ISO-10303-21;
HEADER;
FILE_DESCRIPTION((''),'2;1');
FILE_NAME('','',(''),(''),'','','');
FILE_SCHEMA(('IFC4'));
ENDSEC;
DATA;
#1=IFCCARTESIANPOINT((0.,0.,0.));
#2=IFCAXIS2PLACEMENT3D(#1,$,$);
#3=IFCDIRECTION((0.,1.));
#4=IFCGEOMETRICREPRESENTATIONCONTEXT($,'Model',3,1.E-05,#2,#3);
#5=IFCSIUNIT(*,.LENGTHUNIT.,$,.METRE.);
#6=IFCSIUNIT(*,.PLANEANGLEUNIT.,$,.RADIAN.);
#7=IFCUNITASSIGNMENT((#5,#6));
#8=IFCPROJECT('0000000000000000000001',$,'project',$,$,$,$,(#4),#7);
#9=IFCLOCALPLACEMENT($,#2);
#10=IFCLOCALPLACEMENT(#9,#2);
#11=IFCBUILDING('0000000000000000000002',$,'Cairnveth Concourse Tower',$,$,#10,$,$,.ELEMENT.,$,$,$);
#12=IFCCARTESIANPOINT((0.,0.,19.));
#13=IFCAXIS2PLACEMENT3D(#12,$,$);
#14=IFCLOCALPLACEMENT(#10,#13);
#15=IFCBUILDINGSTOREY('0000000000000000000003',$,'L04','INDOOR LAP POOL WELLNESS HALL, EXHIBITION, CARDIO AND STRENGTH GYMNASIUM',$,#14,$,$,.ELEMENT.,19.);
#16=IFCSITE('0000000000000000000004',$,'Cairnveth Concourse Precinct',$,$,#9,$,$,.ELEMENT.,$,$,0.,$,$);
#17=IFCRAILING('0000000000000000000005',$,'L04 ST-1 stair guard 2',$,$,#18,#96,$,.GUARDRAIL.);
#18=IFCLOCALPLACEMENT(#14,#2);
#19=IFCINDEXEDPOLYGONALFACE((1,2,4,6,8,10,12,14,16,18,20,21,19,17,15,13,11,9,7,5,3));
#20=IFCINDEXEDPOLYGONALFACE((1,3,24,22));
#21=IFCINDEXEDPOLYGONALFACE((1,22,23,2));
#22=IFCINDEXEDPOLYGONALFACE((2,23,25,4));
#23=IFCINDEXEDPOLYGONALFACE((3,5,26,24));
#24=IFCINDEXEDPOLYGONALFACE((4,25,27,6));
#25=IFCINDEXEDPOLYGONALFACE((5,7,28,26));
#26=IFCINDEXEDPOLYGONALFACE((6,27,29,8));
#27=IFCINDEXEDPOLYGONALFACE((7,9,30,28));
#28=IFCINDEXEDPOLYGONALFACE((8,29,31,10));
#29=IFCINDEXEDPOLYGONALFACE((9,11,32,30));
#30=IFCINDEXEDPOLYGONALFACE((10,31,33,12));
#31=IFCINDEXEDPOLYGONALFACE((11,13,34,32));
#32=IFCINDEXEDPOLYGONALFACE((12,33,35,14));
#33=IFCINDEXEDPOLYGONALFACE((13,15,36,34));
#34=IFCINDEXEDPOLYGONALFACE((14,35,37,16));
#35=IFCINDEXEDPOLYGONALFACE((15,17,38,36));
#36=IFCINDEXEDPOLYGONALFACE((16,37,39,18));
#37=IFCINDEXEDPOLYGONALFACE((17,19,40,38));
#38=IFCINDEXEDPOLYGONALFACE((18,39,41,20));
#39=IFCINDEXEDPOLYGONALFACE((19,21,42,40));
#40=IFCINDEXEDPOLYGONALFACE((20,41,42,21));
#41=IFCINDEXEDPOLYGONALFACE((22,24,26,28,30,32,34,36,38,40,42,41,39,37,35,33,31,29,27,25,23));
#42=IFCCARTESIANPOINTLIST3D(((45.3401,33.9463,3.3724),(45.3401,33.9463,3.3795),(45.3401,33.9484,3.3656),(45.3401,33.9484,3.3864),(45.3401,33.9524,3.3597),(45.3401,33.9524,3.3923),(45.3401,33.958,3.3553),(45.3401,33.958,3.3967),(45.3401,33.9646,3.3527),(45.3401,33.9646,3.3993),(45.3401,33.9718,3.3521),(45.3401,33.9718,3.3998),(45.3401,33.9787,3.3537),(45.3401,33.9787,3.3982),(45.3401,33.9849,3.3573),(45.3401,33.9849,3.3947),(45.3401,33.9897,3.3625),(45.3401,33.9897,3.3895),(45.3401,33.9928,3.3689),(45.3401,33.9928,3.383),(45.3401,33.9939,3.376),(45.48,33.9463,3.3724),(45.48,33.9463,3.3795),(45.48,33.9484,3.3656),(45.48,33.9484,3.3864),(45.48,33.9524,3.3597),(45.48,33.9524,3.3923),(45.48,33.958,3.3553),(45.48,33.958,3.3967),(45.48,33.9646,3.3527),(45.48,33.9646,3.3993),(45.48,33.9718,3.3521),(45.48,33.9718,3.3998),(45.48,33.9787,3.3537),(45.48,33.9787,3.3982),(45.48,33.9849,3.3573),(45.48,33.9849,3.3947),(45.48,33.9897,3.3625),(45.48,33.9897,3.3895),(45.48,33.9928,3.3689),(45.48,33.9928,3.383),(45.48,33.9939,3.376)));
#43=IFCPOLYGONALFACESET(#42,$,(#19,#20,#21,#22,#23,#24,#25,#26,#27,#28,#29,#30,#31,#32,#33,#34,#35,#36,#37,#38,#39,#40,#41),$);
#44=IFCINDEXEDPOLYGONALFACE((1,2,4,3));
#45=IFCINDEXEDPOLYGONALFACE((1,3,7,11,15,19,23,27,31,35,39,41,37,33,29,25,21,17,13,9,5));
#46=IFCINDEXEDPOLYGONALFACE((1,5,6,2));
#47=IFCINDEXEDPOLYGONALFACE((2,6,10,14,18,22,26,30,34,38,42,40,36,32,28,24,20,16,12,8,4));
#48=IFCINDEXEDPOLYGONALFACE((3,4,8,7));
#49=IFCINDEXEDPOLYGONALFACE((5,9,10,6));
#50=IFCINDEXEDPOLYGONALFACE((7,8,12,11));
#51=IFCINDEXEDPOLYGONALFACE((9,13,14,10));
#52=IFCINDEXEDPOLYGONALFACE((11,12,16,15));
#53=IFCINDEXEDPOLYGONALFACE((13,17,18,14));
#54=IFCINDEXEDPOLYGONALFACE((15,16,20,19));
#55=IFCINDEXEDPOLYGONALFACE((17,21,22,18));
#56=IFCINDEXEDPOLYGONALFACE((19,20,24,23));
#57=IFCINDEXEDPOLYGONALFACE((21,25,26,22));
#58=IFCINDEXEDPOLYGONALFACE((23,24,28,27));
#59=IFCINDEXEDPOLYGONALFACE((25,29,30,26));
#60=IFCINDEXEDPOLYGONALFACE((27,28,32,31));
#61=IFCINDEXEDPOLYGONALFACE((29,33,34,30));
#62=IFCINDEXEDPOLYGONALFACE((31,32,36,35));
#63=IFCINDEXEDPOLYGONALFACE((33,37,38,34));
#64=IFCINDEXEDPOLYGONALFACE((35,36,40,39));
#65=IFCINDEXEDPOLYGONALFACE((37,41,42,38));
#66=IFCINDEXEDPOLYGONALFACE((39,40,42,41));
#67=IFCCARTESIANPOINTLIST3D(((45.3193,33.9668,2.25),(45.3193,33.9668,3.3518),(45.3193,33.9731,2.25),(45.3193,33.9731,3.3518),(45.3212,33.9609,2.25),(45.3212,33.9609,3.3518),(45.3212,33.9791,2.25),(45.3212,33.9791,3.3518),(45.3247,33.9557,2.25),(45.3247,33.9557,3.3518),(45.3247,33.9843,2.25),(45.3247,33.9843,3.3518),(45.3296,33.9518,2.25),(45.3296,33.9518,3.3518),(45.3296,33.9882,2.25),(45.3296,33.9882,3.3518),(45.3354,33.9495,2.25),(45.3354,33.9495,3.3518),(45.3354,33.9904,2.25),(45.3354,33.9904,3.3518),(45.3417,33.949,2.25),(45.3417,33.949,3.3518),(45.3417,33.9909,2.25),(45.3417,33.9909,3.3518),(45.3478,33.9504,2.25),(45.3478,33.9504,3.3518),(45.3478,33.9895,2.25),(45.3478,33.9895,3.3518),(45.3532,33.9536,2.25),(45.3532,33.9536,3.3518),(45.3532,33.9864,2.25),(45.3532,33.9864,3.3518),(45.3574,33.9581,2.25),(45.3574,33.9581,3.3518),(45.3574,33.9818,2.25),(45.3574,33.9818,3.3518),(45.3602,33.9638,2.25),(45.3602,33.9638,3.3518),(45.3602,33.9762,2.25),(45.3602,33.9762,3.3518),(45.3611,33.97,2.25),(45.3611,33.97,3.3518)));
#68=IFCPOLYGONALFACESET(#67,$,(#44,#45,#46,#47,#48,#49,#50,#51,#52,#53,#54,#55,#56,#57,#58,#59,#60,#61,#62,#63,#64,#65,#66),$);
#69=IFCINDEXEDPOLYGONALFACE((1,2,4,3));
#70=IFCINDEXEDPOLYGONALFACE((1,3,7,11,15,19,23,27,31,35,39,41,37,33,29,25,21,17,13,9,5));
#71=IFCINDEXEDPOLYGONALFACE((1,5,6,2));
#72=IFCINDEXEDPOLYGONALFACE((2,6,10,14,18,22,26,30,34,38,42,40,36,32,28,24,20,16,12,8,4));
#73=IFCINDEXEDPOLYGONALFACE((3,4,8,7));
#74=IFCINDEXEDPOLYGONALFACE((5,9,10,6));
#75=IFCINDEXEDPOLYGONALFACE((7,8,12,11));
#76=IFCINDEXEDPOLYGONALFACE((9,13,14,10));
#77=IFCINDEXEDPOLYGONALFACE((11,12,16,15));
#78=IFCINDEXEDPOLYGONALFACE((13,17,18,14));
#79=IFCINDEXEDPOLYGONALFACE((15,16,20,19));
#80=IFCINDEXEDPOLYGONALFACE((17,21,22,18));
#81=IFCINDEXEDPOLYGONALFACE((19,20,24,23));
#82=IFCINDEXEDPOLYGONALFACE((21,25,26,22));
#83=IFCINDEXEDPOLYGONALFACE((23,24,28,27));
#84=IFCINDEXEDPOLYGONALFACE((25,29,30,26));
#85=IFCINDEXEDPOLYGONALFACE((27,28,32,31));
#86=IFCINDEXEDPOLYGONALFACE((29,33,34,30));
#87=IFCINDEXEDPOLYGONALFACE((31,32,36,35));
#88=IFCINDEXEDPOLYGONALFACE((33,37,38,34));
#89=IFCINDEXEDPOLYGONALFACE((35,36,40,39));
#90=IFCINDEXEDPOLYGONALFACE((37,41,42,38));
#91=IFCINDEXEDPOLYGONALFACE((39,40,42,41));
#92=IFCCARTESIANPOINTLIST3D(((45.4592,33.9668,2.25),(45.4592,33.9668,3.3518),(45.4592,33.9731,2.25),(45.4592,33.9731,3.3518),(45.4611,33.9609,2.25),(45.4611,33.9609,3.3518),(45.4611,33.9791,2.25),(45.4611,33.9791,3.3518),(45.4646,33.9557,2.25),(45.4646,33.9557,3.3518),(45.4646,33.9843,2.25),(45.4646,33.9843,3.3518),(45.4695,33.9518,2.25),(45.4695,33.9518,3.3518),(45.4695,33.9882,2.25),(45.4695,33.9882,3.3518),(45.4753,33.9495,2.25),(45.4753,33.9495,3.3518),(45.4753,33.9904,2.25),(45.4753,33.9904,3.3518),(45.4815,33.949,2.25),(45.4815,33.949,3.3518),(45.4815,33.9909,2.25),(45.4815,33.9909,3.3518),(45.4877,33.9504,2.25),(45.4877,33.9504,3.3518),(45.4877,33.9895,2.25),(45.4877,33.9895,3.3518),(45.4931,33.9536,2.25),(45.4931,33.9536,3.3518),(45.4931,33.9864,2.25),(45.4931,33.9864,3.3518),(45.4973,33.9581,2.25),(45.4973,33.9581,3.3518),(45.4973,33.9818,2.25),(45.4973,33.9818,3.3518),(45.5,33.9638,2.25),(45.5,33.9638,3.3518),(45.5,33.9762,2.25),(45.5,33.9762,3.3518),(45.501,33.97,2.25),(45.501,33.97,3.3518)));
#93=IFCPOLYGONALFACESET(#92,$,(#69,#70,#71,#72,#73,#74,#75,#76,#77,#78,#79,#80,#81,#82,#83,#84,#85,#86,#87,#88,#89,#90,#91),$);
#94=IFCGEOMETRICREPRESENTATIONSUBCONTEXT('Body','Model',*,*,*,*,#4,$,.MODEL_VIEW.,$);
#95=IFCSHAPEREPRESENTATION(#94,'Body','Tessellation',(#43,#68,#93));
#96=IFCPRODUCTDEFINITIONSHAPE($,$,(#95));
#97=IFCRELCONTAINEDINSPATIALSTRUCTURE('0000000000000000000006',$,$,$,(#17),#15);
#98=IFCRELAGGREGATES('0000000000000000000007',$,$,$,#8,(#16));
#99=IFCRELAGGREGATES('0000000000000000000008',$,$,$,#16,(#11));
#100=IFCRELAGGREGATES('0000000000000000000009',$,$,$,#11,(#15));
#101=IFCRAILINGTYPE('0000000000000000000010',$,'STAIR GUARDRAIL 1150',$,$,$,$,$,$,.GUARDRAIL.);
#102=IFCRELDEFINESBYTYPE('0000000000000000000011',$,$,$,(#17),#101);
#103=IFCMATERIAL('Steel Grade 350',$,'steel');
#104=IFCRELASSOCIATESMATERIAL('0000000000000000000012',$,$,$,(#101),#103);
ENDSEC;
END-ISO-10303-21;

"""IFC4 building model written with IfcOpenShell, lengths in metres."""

from ifc_helpers import new_model, si_unit, direction, frame, origin, origin_2d, place, context, subcontext, project, spatial, circle, extrude, material, type_object, element, save


model = new_model("IFC4")

# Units and contexts
model_context = context("Model", 3, precision=1e-05, world=origin(), true_north=direction((0.0, 1.0)))
body_context = subcontext(model_context, "Body", "Model", "MODEL_VIEW")
ifc_project = project(units=[si_unit("LENGTHUNIT", "METRE"), si_unit("PLANEANGLEUNIT", "RADIAN")], contexts=[model_context])

# Site, building, storey
site_placement = place(None, origin())
site = spatial("IfcSite", under=ifc_project, at=site_placement, Name="Cairnveth Concourse Precinct", CompositionType="ELEMENT", RefElevation=0.0)
building_placement = place(site_placement, origin())
building = spatial("IfcBuilding", under=site, at=building_placement, Name="Cairnveth Concourse Tower", CompositionType="ELEMENT")
storey_placement = place(building_placement, frame((0.0, 0.0, 19.0)))
storey = spatial("IfcBuildingStorey", under=building, at=storey_placement, Name="L04", Description="INDOOR LAP POOL WELLNESS HALL, EXHIBITION, CARDIO AND STRENGTH GYMNASIUM", CompositionType="ELEMENT", Elevation=19.0)

# Shared definitions
ifc_material_1 = material(Name="Steel Grade 350", Category="steel")

# Railing
railing_type_1 = type_object("IfcRailingType", Name="STAIR GUARDRAIL 1150", PredefinedType="GUARDRAIL", material=ifc_material_1)
railing_1_placement = place(storey_placement, frame((45.3401, 33.97, 2.25)))
element("IfcRailing", 1, at=railing_1_placement, inside=storey, type_object=railing_type_1, Name="L04 ST-1 stair guard 2", PredefinedType="GUARDRAIL", context=body_context, shape_type="SweptSolid", body=[
    extrude(circle(Radius=0.0239, at=origin_2d()), frame((0.0, 0.0, 1.126), z_axis=(1.0, 0.0, 0.0), x_axis=(0.0, 1.0, 0.0)), (0.0, 0.0, 1.0), 0.1399),
    extrude(circle(Radius=0.021, at=origin_2d()), origin(), (0.0, 0.0, 1.0), 1.1018),
    extrude(circle(Radius=0.021, at=origin_2d()), frame((0.1399, 0.0, 0.0)), (0.0, 0.0, 1.0), 1.1018),
])

save(model, "model.ifc")
